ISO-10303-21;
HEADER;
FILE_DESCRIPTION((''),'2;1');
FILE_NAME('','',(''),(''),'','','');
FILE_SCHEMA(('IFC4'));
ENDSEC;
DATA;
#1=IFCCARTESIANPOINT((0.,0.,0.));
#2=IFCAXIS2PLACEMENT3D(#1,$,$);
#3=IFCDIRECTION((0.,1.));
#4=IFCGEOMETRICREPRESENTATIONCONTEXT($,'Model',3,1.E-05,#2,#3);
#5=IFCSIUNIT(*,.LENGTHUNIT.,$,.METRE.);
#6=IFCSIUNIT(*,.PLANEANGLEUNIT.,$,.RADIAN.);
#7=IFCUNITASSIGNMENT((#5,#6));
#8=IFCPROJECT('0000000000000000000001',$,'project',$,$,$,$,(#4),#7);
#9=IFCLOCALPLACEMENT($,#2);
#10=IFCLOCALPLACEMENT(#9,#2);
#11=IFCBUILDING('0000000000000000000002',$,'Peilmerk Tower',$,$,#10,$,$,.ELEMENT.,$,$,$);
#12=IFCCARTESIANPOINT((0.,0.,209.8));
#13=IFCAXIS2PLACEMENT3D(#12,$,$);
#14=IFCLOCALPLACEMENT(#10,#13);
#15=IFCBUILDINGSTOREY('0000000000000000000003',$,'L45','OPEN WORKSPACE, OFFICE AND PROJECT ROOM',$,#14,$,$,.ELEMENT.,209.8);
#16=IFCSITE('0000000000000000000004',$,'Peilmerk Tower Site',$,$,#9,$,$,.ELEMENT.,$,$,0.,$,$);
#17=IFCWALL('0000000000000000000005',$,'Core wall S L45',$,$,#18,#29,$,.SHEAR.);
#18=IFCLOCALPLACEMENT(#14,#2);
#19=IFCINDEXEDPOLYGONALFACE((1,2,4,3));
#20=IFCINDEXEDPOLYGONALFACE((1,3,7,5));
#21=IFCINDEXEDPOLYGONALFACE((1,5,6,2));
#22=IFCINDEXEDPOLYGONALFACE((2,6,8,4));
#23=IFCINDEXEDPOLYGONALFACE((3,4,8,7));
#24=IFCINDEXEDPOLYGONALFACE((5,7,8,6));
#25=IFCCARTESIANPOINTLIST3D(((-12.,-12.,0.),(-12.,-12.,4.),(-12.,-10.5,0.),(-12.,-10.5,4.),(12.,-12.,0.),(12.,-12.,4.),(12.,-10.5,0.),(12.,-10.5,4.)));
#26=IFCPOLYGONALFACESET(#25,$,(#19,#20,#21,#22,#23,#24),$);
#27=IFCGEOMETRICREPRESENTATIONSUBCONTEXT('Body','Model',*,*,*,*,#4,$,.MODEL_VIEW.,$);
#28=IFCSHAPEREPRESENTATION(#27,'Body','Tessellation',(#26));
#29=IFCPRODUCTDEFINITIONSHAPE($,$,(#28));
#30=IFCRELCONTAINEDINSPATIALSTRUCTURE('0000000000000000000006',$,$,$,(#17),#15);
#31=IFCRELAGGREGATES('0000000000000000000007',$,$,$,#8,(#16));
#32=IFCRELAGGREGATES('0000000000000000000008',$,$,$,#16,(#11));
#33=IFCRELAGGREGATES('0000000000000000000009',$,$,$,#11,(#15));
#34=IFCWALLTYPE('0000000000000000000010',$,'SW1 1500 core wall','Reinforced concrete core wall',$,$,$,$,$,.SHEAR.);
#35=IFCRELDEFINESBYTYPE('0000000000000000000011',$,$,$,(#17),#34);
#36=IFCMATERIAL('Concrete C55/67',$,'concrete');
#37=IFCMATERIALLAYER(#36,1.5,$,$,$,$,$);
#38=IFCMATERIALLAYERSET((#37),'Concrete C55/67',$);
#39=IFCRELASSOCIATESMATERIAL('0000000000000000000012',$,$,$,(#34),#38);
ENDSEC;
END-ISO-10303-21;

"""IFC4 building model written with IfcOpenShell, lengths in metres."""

from ifc_helpers import new_model, si_unit, direction, frame, frame_2d, origin, place, context, subcontext, project, spatial, rectangle, extrude, material, layer, layer_set, type_object, element, save


model = new_model("IFC4")

# Units and contexts
model_context = context("Model", 3, precision=1e-05, world=origin(), true_north=direction((0.0, 1.0)))
body_context = subcontext(model_context, "Body", "Model", "MODEL_VIEW")
ifc_project = project(units=[si_unit("LENGTHUNIT", "METRE"), si_unit("PLANEANGLEUNIT", "RADIAN")], contexts=[model_context])

# Site, building, storey
site_placement = place(None, origin())
site = spatial("IfcSite", under=ifc_project, at=site_placement, Name="Peilmerk Tower Site", CompositionType="ELEMENT", RefElevation=0.0)
building_placement = place(site_placement, origin())
building = spatial("IfcBuilding", under=site, at=building_placement, Name="Peilmerk Tower", CompositionType="ELEMENT")
storey_placement = place(building_placement, frame((0.0, 0.0, 209.8)))
storey = spatial("IfcBuildingStorey", under=building, at=storey_placement, Name="L45", Description="OPEN WORKSPACE, OFFICE AND PROJECT ROOM", CompositionType="ELEMENT", Elevation=209.8)

# Wall
ifc_material_1 = material(Name="Concrete C55/67", Category="concrete")
ifc_layer_1 = layer(ifc_material_1, 1.5)
ifc_layer_set_1 = layer_set([ifc_layer_1], Name="Concrete C55/67")
wall_type_1 = type_object("IfcWallType", Name="SW1 1500 core wall", Description="Reinforced concrete core wall", PredefinedType="SHEAR", material=ifc_layer_set_1)
wall_1_placement = place(storey_placement, frame((12.0, -11.25, 0.0), z_axis=(0.0, 0.0, 1.0), x_axis=(-1.0, 0.0, 0.0)))
element("IfcWall", 1, at=wall_1_placement, inside=storey, type_object=wall_type_1, Name="Core wall S L45", PredefinedType="SHEAR", context=body_context, shape_type="SweptSolid", body=[
    extrude(rectangle(XDim=24.0, YDim=1.5, at=frame_2d((12.0, 0.0))), origin(), (0.0, 0.0, 1.0), 4.0),
])

save(model, "model.ifc")
